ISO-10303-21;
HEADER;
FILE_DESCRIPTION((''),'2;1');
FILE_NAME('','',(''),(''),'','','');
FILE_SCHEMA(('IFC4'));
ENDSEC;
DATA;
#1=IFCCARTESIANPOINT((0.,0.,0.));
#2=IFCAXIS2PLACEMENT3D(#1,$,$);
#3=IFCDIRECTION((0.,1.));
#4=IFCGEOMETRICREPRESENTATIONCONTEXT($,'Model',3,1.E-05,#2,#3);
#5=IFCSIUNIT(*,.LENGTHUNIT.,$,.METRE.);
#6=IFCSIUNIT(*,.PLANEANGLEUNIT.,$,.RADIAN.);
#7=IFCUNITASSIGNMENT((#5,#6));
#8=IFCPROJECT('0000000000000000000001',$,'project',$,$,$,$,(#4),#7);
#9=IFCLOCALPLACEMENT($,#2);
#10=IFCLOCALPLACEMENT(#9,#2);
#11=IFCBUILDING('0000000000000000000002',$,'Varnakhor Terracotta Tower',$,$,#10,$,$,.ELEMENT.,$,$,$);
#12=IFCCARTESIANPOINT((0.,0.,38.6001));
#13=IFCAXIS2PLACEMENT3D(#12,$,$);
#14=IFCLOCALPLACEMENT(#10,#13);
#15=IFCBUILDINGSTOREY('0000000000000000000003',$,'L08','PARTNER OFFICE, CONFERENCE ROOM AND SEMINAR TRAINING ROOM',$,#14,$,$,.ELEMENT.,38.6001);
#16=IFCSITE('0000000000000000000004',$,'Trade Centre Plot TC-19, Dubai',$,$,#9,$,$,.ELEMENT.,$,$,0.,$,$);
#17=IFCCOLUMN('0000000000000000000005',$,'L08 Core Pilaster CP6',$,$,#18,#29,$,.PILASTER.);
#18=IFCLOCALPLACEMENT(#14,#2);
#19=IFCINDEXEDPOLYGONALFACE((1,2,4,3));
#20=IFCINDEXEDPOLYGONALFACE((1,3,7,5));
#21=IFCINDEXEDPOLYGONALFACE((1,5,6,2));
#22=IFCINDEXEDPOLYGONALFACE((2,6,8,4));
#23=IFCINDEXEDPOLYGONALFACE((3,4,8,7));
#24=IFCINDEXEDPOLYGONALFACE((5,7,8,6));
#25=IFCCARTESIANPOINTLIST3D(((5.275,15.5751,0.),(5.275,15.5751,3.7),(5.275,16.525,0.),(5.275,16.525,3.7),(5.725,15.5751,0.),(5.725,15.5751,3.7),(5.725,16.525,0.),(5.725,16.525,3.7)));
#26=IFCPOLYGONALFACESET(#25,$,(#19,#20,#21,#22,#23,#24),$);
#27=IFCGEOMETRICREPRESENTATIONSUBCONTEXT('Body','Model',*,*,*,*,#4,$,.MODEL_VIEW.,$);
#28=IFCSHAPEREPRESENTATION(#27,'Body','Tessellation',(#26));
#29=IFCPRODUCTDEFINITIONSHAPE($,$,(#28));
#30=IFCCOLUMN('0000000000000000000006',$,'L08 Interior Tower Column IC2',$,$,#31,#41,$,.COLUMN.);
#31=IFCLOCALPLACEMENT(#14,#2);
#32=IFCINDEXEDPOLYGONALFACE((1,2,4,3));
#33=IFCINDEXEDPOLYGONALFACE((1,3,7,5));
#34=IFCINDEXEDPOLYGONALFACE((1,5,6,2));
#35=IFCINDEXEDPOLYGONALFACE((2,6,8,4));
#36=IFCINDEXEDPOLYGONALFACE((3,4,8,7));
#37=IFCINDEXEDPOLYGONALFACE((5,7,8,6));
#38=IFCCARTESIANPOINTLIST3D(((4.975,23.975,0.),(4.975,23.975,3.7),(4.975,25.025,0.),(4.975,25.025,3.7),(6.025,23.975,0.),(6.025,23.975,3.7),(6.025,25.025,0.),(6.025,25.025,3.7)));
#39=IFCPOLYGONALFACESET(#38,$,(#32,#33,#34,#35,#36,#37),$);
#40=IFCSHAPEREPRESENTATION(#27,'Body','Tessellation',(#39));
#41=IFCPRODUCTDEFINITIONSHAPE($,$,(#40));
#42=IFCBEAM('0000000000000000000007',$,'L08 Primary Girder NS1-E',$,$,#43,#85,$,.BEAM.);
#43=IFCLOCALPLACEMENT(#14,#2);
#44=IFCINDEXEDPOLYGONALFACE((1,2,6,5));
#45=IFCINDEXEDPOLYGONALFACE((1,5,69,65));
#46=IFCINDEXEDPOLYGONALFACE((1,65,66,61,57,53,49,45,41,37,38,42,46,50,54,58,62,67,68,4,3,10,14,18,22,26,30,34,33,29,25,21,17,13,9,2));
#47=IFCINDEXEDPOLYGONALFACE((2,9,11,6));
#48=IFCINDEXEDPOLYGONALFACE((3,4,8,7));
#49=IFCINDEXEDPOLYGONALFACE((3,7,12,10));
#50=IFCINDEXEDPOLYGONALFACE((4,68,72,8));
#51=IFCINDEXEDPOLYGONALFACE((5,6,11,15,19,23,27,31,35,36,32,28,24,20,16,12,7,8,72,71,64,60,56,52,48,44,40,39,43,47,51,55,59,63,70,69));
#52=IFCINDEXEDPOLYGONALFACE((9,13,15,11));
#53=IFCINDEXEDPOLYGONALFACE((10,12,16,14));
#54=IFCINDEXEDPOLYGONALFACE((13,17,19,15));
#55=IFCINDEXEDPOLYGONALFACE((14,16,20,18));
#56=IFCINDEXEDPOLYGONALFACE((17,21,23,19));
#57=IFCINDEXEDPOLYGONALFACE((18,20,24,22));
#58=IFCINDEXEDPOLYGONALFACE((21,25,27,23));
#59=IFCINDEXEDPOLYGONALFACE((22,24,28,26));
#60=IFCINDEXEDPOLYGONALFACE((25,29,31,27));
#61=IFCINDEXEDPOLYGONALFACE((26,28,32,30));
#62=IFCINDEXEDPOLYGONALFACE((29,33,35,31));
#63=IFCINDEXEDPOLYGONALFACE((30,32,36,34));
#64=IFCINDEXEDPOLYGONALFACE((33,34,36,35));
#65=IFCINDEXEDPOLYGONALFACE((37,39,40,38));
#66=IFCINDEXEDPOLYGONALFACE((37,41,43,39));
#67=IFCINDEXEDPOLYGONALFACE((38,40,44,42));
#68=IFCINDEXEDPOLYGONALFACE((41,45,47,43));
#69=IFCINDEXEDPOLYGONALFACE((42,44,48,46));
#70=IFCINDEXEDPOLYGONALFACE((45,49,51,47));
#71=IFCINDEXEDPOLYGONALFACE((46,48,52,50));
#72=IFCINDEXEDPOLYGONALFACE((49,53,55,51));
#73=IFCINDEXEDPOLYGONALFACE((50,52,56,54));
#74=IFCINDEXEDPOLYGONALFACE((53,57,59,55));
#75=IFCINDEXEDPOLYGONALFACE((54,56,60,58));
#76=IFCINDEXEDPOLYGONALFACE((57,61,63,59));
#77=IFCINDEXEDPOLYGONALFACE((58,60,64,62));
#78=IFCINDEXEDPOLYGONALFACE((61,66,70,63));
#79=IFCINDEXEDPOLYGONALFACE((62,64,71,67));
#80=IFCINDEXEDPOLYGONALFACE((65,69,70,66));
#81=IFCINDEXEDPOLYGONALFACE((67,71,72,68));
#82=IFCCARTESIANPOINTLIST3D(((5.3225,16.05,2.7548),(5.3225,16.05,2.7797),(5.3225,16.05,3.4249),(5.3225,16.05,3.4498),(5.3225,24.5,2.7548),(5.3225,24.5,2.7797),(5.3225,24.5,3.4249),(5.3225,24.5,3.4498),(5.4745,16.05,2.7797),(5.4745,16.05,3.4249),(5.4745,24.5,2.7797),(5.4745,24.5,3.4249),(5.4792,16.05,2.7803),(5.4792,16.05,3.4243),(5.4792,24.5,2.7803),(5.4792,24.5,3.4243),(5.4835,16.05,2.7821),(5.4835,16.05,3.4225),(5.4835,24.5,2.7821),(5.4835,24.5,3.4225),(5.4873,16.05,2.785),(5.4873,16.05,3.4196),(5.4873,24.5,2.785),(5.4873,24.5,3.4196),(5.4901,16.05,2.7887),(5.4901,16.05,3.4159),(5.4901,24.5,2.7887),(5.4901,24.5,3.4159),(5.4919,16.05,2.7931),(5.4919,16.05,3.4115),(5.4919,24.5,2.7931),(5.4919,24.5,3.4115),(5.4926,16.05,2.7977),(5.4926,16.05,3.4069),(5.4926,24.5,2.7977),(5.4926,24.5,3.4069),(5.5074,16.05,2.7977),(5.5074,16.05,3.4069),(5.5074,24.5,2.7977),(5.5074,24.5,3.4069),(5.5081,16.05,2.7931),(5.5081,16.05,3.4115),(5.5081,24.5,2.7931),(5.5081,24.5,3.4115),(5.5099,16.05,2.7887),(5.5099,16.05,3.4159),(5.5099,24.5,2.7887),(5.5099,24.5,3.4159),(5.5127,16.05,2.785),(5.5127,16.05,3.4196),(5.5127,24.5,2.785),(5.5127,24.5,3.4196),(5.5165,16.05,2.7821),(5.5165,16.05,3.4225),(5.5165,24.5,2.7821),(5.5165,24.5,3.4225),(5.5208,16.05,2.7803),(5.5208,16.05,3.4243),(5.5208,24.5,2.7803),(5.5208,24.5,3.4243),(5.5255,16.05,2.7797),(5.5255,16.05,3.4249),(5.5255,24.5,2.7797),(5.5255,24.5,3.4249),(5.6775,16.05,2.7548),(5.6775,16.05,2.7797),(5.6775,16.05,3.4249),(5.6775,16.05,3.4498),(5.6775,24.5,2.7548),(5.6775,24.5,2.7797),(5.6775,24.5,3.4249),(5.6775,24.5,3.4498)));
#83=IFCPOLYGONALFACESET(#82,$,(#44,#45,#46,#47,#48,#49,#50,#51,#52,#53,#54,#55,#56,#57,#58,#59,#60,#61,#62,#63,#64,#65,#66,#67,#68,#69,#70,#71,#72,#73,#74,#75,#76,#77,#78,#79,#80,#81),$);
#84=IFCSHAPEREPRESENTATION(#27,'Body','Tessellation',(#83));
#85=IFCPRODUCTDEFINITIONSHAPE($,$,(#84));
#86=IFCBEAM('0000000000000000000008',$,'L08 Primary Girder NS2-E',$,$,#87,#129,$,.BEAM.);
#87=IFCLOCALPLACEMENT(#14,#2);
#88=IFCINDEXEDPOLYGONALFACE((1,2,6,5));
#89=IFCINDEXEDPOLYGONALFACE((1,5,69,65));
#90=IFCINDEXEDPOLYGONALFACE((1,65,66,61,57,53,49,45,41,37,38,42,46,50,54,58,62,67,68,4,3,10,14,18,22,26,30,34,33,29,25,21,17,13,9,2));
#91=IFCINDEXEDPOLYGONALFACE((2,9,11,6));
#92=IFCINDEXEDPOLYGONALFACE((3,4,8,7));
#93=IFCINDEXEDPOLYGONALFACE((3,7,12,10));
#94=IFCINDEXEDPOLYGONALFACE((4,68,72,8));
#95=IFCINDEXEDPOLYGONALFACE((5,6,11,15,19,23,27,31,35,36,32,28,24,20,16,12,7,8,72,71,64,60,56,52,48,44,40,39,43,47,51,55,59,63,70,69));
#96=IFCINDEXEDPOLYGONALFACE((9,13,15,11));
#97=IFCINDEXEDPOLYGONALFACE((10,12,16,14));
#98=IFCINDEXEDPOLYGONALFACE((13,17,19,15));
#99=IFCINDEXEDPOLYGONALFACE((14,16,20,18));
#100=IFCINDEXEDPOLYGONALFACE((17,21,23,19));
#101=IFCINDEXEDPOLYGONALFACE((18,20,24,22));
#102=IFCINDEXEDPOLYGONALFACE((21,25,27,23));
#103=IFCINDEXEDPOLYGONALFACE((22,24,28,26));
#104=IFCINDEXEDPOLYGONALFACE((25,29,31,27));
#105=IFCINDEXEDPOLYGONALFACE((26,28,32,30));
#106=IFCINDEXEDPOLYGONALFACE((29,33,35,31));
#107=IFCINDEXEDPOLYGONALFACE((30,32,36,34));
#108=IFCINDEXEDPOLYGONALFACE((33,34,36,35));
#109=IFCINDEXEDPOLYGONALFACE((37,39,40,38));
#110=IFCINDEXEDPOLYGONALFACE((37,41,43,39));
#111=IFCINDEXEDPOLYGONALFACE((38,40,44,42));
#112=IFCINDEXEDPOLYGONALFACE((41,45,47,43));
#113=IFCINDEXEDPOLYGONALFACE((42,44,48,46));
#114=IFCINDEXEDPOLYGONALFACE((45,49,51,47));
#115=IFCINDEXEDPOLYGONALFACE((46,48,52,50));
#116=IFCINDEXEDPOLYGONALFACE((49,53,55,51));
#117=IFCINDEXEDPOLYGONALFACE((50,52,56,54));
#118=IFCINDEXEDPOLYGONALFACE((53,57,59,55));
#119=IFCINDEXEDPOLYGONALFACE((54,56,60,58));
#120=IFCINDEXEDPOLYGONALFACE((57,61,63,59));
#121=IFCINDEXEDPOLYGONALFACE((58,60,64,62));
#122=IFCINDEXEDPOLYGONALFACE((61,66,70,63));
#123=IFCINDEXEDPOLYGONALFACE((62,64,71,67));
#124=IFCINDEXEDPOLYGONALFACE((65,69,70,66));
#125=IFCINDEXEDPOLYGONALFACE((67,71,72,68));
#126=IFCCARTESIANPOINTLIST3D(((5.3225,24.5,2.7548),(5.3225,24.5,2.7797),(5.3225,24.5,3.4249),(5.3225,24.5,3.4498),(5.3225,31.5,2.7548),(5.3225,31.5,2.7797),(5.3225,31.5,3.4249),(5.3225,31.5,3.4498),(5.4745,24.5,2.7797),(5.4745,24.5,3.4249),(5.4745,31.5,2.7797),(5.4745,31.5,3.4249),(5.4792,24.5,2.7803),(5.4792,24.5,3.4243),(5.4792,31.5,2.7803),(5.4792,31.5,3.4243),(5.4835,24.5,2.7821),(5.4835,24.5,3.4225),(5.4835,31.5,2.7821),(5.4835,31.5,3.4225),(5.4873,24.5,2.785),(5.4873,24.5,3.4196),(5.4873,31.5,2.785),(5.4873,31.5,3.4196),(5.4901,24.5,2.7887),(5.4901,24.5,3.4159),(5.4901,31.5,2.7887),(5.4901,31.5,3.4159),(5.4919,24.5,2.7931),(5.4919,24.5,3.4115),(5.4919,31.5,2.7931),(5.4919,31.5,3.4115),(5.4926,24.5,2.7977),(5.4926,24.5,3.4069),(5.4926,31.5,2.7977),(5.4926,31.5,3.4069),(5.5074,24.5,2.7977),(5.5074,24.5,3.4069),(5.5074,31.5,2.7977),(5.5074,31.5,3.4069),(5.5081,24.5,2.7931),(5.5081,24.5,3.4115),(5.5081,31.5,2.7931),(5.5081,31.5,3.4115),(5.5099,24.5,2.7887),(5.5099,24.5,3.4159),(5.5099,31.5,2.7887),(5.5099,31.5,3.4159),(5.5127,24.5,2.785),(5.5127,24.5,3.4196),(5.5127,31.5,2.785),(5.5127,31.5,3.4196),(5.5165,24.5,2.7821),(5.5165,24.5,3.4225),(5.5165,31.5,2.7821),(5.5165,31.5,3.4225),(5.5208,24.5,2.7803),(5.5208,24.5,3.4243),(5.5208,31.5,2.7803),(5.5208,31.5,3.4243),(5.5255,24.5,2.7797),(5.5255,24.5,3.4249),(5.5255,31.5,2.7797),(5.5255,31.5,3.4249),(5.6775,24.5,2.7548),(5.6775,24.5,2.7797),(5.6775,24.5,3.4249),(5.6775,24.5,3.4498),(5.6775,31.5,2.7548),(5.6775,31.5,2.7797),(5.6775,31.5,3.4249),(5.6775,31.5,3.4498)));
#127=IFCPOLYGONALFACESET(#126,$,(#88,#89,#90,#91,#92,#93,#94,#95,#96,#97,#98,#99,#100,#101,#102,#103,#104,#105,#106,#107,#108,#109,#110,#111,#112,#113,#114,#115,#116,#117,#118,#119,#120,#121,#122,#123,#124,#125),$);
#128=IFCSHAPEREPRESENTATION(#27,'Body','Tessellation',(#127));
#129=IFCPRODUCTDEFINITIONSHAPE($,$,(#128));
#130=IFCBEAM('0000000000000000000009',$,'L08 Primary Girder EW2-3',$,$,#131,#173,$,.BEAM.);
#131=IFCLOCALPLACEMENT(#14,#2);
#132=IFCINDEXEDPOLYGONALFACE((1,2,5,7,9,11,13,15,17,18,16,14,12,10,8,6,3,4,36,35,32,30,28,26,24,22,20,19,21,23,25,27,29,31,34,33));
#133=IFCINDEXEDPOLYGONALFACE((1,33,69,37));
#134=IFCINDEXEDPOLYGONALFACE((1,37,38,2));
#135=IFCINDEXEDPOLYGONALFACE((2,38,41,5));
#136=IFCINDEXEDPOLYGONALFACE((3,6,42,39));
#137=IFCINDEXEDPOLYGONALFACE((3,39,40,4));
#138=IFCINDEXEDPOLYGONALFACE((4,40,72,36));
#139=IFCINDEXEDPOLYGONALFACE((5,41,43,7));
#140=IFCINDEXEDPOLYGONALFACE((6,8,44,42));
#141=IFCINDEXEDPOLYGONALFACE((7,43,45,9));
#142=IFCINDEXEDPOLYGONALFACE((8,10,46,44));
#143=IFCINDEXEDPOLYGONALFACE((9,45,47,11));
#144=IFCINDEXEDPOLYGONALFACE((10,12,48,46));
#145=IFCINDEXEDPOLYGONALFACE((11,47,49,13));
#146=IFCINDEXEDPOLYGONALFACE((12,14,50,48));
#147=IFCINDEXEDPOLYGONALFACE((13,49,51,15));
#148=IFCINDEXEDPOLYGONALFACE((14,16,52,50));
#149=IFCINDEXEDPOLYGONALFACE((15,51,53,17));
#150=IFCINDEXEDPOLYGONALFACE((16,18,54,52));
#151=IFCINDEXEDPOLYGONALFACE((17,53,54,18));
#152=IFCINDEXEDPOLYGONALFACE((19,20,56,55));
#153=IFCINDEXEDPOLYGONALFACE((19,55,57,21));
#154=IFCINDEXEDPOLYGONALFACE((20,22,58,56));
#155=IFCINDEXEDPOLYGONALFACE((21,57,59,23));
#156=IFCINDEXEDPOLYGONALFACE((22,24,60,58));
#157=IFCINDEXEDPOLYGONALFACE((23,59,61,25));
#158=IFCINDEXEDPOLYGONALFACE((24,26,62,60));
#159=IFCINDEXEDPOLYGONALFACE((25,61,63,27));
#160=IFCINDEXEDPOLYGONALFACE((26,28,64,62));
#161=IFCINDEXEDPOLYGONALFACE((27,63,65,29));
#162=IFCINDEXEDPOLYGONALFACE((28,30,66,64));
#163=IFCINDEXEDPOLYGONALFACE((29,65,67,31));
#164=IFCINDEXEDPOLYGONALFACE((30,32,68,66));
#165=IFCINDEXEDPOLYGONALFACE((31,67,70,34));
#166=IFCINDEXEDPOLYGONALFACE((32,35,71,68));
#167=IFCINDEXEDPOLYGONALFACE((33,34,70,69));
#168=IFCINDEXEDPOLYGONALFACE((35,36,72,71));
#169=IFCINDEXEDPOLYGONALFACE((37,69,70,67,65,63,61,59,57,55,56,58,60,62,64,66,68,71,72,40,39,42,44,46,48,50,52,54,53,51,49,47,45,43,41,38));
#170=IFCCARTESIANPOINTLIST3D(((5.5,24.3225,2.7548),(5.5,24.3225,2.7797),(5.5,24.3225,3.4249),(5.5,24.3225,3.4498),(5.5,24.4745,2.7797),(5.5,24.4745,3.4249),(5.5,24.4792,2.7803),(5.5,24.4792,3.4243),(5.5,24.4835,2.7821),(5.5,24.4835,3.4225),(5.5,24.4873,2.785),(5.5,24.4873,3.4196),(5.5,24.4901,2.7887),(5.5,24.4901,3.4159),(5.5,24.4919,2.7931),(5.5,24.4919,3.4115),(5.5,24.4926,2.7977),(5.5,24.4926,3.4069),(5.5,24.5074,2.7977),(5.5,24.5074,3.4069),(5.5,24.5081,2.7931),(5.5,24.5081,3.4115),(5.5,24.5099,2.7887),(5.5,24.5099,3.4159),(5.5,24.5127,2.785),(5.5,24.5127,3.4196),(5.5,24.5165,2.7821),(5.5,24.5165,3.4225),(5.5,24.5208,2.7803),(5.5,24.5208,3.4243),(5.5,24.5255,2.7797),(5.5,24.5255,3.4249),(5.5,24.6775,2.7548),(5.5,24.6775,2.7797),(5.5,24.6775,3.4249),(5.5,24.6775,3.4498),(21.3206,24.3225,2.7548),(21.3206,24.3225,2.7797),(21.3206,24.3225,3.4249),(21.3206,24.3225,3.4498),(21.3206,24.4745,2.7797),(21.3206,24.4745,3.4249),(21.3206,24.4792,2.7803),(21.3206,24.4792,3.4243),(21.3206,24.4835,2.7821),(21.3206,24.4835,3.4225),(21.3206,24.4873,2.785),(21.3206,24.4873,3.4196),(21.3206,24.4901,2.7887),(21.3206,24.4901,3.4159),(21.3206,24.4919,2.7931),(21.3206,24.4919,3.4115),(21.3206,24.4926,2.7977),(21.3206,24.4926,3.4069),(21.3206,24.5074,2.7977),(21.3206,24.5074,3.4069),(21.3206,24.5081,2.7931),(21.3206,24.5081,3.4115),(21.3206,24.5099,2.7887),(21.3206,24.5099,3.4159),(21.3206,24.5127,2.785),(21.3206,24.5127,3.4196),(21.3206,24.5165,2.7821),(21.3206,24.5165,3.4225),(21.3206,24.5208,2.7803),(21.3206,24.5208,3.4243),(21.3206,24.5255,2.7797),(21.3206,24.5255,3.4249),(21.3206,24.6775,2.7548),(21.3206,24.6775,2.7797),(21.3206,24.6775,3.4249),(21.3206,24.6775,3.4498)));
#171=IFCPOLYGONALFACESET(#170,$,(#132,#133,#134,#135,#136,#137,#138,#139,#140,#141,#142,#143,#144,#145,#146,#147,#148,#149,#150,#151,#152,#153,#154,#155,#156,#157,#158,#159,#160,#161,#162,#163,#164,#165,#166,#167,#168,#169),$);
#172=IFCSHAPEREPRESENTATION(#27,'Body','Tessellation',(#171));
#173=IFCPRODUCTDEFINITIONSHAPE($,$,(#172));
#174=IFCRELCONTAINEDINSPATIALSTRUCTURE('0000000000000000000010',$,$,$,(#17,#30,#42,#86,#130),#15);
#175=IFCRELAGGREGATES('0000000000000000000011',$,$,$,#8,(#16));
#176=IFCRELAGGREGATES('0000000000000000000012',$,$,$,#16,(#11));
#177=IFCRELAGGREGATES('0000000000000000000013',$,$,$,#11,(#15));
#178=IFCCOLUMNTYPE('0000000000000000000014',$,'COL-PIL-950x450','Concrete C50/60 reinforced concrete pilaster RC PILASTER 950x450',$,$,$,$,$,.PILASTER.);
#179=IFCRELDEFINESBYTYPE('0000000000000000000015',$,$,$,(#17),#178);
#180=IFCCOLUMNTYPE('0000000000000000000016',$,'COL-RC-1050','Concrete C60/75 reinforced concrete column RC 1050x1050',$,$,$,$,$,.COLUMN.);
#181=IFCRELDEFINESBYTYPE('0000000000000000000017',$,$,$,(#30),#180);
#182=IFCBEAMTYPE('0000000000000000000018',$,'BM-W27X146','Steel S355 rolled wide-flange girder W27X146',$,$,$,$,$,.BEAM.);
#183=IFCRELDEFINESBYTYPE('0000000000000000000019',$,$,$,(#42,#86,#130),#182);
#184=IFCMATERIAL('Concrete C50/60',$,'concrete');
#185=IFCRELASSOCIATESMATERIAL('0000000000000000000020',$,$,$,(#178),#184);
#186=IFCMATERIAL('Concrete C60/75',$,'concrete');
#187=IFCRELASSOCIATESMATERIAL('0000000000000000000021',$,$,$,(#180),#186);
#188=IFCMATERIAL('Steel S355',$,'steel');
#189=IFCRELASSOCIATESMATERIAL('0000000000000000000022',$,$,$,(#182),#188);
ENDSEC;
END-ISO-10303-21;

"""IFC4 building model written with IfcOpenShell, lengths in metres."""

from ifc_helpers import new_model, si_unit, direction, frame, origin, origin_2d, place, context, subcontext, project, spatial, rectangle, i_section, extrude, source, transform, mapped, material, material_profile, profile_set, type_object, type_shapes, element, save


model = new_model("IFC4")

# Units and contexts
model_context = context("Model", 3, precision=1e-05, world=origin(), true_north=direction((0.0, 1.0)))
body_context = subcontext(model_context, "Body", "Model", "MODEL_VIEW")
ifc_project = project(units=[si_unit("LENGTHUNIT", "METRE"), si_unit("PLANEANGLEUNIT", "RADIAN")], contexts=[model_context])

# Site, building, storey
site_placement = place(None, origin())
site = spatial("IfcSite", under=ifc_project, at=site_placement, Name="Trade Centre Plot TC-19, Dubai", CompositionType="ELEMENT", RefElevation=0.0)
building_placement = place(site_placement, origin())
building = spatial("IfcBuilding", under=site, at=building_placement, Name="Varnakhor Terracotta Tower", CompositionType="ELEMENT")
storey_placement = place(building_placement, frame((0.0, 0.0, 38.6001)))
storey = spatial("IfcBuildingStorey", under=building, at=storey_placement, Name="L08", Description="PARTNER OFFICE, CONFERENCE ROOM AND SEMINAR TRAINING ROOM", CompositionType="ELEMENT", Elevation=38.6001)

# Columns
ifc_material_1 = material(Name="Concrete C50/60", Category="concrete")
ifc_material_profile_1 = material_profile(ifc_material_1, rectangle(XDim=0.45, YDim=0.95, at=origin_2d()), Name="RC PILASTER 950x450")
ifc_profile_set_1 = profile_set([ifc_material_profile_1], Name="Concrete C50/60")
column_type_1 = type_object("IfcColumnType", Name="COL-PIL-950x450", Description="Concrete C50/60 reinforced concrete pilaster RC PILASTER 950x450", PredefinedType="PILASTER", material=ifc_profile_set_1)
shared_shape_1 = source(origin(), body_context, "Body", "SweptSolid", [
    extrude(rectangle(XDim=0.45, YDim=0.95, at=origin_2d()), origin(), (0.0, 0.0, 1.0), 3.7),
])
column_1_placement = place(storey_placement, frame((5.5, 16.05, 0.0), z_axis=(0.0, 0.0, 1.0), x_axis=(1.0, 0.0, 0.0)))
element("IfcColumn", 1, at=column_1_placement, inside=storey, type_object=column_type_1, Name="L08 Core Pilaster CP6", PredefinedType="PILASTER", context=body_context, shape_type="MappedRepresentation", body=[
    mapped(shared_shape_1, transform((0.0, 0.0, 0.0), scale=1.0)),
])
ifc_material_2 = material(Name="Concrete C60/75", Category="concrete")
ifc_material_profile_2 = material_profile(ifc_material_2, rectangle(XDim=1.05, YDim=1.05, at=origin_2d()), Name="RC 1050x1050")
ifc_profile_set_2 = profile_set([ifc_material_profile_2], Name="Concrete C60/75")
column_type_2 = type_object("IfcColumnType", Name="COL-RC-1050", Description="Concrete C60/75 reinforced concrete column RC 1050x1050", PredefinedType="COLUMN", material=ifc_profile_set_2)
shared_shape_2 = source(origin(), body_context, "Body", "SweptSolid", [
    extrude(rectangle(XDim=1.05, YDim=1.05, at=origin_2d()), origin(), (0.0, 0.0, 1.0), 3.7),
])
column_2_placement = place(storey_placement, frame((5.5, 24.5, 0.0), z_axis=(0.0, 0.0, 1.0), x_axis=(1.0, 0.0, 0.0)))
element("IfcColumn", 2, at=column_2_placement, inside=storey, type_object=column_type_2, Name="L08 Interior Tower Column IC2", PredefinedType="COLUMN", context=body_context, shape_type="MappedRepresentation", body=[
    mapped(shared_shape_2, transform((0.0, 0.0, 0.0), scale=1.0)),
])

# Beams
ifc_material_3 = material(Name="Steel S355", Category="steel")
ifc_material_profile_3 = material_profile(ifc_material_3, i_section(OverallWidth=0.355, OverallDepth=0.6951, WebThickness=0.0149, FlangeThickness=0.0249, FilletRadius=0.0181, at=origin_2d()), Name="W27X146")
ifc_profile_set_3 = profile_set([ifc_material_profile_3], Name="Steel S355")
beam_type_1 = type_object("IfcBeamType", Name="BM-W27X146", Description="Steel S355 rolled wide-flange girder W27X146", PredefinedType="BEAM", material=ifc_profile_set_3)
shared_shape_3 = source(origin(), body_context, "Body", "SweptSolid", [
    extrude(i_section(OverallWidth=0.355, OverallDepth=0.6951, WebThickness=0.0149, FlangeThickness=0.0249, FilletRadius=0.0181, at=origin_2d()), origin(), (0.0, 0.0, 1.0), 8.45),
])
type_shapes(beam_type_1, [shared_shape_3])
beam_1_placement = place(storey_placement, frame((5.5, 16.05, 3.1023), z_axis=(0.0, 1.0, 0.0), x_axis=(-1.0, 0.0, 0.0)))
element("IfcBeam", 3, at=beam_1_placement, inside=storey, type_object=beam_type_1, Name="L08 Primary Girder NS1-E", PredefinedType="BEAM", context=body_context, shape_type="MappedRepresentation", body=[
    mapped(shared_shape_3, transform((0.0, 0.0, 0.0), scale=1.0)),
])
shared_shape_4 = source(origin(), body_context, "Body", "SweptSolid", [
    extrude(i_section(OverallWidth=0.355, OverallDepth=0.6951, WebThickness=0.0149, FlangeThickness=0.0249, FilletRadius=0.0181, at=origin_2d()), origin(), (0.0, 0.0, 1.0), 7.0),
])
beam_2_placement = place(storey_placement, frame((5.5, 24.5, 3.1023), z_axis=(0.0, 1.0, 0.0), x_axis=(-1.0, 0.0, 0.0)))
element("IfcBeam", 4, at=beam_2_placement, inside=storey, type_object=beam_type_1, Name="L08 Primary Girder NS2-E", PredefinedType="BEAM", context=body_context, shape_type="MappedRepresentation", body=[
    mapped(shared_shape_4, transform((0.0, 0.0, 0.0), scale=1.0)),
])
shared_shape_5 = source(origin(), body_context, "Body", "SweptSolid", [
    extrude(i_section(OverallWidth=0.355, OverallDepth=0.6951, WebThickness=0.0149, FlangeThickness=0.0249, FilletRadius=0.0181, at=origin_2d()), origin(), (0.0, 0.0, 1.0), 15.8206),
])
beam_3_placement = place(storey_placement, frame((5.5, 24.5, 3.1023), z_axis=(1.0, 0.0, 0.0), x_axis=(0.0, 1.0, 0.0)))
element("IfcBeam", 5, at=beam_3_placement, inside=storey, type_object=beam_type_1, Name="L08 Primary Girder EW2-3", PredefinedType="BEAM", context=body_context, shape_type="MappedRepresentation", body=[
    mapped(shared_shape_5, transform((0.0, 0.0, 0.0), scale=1.0)),
])

save(model, "model.ifc")
